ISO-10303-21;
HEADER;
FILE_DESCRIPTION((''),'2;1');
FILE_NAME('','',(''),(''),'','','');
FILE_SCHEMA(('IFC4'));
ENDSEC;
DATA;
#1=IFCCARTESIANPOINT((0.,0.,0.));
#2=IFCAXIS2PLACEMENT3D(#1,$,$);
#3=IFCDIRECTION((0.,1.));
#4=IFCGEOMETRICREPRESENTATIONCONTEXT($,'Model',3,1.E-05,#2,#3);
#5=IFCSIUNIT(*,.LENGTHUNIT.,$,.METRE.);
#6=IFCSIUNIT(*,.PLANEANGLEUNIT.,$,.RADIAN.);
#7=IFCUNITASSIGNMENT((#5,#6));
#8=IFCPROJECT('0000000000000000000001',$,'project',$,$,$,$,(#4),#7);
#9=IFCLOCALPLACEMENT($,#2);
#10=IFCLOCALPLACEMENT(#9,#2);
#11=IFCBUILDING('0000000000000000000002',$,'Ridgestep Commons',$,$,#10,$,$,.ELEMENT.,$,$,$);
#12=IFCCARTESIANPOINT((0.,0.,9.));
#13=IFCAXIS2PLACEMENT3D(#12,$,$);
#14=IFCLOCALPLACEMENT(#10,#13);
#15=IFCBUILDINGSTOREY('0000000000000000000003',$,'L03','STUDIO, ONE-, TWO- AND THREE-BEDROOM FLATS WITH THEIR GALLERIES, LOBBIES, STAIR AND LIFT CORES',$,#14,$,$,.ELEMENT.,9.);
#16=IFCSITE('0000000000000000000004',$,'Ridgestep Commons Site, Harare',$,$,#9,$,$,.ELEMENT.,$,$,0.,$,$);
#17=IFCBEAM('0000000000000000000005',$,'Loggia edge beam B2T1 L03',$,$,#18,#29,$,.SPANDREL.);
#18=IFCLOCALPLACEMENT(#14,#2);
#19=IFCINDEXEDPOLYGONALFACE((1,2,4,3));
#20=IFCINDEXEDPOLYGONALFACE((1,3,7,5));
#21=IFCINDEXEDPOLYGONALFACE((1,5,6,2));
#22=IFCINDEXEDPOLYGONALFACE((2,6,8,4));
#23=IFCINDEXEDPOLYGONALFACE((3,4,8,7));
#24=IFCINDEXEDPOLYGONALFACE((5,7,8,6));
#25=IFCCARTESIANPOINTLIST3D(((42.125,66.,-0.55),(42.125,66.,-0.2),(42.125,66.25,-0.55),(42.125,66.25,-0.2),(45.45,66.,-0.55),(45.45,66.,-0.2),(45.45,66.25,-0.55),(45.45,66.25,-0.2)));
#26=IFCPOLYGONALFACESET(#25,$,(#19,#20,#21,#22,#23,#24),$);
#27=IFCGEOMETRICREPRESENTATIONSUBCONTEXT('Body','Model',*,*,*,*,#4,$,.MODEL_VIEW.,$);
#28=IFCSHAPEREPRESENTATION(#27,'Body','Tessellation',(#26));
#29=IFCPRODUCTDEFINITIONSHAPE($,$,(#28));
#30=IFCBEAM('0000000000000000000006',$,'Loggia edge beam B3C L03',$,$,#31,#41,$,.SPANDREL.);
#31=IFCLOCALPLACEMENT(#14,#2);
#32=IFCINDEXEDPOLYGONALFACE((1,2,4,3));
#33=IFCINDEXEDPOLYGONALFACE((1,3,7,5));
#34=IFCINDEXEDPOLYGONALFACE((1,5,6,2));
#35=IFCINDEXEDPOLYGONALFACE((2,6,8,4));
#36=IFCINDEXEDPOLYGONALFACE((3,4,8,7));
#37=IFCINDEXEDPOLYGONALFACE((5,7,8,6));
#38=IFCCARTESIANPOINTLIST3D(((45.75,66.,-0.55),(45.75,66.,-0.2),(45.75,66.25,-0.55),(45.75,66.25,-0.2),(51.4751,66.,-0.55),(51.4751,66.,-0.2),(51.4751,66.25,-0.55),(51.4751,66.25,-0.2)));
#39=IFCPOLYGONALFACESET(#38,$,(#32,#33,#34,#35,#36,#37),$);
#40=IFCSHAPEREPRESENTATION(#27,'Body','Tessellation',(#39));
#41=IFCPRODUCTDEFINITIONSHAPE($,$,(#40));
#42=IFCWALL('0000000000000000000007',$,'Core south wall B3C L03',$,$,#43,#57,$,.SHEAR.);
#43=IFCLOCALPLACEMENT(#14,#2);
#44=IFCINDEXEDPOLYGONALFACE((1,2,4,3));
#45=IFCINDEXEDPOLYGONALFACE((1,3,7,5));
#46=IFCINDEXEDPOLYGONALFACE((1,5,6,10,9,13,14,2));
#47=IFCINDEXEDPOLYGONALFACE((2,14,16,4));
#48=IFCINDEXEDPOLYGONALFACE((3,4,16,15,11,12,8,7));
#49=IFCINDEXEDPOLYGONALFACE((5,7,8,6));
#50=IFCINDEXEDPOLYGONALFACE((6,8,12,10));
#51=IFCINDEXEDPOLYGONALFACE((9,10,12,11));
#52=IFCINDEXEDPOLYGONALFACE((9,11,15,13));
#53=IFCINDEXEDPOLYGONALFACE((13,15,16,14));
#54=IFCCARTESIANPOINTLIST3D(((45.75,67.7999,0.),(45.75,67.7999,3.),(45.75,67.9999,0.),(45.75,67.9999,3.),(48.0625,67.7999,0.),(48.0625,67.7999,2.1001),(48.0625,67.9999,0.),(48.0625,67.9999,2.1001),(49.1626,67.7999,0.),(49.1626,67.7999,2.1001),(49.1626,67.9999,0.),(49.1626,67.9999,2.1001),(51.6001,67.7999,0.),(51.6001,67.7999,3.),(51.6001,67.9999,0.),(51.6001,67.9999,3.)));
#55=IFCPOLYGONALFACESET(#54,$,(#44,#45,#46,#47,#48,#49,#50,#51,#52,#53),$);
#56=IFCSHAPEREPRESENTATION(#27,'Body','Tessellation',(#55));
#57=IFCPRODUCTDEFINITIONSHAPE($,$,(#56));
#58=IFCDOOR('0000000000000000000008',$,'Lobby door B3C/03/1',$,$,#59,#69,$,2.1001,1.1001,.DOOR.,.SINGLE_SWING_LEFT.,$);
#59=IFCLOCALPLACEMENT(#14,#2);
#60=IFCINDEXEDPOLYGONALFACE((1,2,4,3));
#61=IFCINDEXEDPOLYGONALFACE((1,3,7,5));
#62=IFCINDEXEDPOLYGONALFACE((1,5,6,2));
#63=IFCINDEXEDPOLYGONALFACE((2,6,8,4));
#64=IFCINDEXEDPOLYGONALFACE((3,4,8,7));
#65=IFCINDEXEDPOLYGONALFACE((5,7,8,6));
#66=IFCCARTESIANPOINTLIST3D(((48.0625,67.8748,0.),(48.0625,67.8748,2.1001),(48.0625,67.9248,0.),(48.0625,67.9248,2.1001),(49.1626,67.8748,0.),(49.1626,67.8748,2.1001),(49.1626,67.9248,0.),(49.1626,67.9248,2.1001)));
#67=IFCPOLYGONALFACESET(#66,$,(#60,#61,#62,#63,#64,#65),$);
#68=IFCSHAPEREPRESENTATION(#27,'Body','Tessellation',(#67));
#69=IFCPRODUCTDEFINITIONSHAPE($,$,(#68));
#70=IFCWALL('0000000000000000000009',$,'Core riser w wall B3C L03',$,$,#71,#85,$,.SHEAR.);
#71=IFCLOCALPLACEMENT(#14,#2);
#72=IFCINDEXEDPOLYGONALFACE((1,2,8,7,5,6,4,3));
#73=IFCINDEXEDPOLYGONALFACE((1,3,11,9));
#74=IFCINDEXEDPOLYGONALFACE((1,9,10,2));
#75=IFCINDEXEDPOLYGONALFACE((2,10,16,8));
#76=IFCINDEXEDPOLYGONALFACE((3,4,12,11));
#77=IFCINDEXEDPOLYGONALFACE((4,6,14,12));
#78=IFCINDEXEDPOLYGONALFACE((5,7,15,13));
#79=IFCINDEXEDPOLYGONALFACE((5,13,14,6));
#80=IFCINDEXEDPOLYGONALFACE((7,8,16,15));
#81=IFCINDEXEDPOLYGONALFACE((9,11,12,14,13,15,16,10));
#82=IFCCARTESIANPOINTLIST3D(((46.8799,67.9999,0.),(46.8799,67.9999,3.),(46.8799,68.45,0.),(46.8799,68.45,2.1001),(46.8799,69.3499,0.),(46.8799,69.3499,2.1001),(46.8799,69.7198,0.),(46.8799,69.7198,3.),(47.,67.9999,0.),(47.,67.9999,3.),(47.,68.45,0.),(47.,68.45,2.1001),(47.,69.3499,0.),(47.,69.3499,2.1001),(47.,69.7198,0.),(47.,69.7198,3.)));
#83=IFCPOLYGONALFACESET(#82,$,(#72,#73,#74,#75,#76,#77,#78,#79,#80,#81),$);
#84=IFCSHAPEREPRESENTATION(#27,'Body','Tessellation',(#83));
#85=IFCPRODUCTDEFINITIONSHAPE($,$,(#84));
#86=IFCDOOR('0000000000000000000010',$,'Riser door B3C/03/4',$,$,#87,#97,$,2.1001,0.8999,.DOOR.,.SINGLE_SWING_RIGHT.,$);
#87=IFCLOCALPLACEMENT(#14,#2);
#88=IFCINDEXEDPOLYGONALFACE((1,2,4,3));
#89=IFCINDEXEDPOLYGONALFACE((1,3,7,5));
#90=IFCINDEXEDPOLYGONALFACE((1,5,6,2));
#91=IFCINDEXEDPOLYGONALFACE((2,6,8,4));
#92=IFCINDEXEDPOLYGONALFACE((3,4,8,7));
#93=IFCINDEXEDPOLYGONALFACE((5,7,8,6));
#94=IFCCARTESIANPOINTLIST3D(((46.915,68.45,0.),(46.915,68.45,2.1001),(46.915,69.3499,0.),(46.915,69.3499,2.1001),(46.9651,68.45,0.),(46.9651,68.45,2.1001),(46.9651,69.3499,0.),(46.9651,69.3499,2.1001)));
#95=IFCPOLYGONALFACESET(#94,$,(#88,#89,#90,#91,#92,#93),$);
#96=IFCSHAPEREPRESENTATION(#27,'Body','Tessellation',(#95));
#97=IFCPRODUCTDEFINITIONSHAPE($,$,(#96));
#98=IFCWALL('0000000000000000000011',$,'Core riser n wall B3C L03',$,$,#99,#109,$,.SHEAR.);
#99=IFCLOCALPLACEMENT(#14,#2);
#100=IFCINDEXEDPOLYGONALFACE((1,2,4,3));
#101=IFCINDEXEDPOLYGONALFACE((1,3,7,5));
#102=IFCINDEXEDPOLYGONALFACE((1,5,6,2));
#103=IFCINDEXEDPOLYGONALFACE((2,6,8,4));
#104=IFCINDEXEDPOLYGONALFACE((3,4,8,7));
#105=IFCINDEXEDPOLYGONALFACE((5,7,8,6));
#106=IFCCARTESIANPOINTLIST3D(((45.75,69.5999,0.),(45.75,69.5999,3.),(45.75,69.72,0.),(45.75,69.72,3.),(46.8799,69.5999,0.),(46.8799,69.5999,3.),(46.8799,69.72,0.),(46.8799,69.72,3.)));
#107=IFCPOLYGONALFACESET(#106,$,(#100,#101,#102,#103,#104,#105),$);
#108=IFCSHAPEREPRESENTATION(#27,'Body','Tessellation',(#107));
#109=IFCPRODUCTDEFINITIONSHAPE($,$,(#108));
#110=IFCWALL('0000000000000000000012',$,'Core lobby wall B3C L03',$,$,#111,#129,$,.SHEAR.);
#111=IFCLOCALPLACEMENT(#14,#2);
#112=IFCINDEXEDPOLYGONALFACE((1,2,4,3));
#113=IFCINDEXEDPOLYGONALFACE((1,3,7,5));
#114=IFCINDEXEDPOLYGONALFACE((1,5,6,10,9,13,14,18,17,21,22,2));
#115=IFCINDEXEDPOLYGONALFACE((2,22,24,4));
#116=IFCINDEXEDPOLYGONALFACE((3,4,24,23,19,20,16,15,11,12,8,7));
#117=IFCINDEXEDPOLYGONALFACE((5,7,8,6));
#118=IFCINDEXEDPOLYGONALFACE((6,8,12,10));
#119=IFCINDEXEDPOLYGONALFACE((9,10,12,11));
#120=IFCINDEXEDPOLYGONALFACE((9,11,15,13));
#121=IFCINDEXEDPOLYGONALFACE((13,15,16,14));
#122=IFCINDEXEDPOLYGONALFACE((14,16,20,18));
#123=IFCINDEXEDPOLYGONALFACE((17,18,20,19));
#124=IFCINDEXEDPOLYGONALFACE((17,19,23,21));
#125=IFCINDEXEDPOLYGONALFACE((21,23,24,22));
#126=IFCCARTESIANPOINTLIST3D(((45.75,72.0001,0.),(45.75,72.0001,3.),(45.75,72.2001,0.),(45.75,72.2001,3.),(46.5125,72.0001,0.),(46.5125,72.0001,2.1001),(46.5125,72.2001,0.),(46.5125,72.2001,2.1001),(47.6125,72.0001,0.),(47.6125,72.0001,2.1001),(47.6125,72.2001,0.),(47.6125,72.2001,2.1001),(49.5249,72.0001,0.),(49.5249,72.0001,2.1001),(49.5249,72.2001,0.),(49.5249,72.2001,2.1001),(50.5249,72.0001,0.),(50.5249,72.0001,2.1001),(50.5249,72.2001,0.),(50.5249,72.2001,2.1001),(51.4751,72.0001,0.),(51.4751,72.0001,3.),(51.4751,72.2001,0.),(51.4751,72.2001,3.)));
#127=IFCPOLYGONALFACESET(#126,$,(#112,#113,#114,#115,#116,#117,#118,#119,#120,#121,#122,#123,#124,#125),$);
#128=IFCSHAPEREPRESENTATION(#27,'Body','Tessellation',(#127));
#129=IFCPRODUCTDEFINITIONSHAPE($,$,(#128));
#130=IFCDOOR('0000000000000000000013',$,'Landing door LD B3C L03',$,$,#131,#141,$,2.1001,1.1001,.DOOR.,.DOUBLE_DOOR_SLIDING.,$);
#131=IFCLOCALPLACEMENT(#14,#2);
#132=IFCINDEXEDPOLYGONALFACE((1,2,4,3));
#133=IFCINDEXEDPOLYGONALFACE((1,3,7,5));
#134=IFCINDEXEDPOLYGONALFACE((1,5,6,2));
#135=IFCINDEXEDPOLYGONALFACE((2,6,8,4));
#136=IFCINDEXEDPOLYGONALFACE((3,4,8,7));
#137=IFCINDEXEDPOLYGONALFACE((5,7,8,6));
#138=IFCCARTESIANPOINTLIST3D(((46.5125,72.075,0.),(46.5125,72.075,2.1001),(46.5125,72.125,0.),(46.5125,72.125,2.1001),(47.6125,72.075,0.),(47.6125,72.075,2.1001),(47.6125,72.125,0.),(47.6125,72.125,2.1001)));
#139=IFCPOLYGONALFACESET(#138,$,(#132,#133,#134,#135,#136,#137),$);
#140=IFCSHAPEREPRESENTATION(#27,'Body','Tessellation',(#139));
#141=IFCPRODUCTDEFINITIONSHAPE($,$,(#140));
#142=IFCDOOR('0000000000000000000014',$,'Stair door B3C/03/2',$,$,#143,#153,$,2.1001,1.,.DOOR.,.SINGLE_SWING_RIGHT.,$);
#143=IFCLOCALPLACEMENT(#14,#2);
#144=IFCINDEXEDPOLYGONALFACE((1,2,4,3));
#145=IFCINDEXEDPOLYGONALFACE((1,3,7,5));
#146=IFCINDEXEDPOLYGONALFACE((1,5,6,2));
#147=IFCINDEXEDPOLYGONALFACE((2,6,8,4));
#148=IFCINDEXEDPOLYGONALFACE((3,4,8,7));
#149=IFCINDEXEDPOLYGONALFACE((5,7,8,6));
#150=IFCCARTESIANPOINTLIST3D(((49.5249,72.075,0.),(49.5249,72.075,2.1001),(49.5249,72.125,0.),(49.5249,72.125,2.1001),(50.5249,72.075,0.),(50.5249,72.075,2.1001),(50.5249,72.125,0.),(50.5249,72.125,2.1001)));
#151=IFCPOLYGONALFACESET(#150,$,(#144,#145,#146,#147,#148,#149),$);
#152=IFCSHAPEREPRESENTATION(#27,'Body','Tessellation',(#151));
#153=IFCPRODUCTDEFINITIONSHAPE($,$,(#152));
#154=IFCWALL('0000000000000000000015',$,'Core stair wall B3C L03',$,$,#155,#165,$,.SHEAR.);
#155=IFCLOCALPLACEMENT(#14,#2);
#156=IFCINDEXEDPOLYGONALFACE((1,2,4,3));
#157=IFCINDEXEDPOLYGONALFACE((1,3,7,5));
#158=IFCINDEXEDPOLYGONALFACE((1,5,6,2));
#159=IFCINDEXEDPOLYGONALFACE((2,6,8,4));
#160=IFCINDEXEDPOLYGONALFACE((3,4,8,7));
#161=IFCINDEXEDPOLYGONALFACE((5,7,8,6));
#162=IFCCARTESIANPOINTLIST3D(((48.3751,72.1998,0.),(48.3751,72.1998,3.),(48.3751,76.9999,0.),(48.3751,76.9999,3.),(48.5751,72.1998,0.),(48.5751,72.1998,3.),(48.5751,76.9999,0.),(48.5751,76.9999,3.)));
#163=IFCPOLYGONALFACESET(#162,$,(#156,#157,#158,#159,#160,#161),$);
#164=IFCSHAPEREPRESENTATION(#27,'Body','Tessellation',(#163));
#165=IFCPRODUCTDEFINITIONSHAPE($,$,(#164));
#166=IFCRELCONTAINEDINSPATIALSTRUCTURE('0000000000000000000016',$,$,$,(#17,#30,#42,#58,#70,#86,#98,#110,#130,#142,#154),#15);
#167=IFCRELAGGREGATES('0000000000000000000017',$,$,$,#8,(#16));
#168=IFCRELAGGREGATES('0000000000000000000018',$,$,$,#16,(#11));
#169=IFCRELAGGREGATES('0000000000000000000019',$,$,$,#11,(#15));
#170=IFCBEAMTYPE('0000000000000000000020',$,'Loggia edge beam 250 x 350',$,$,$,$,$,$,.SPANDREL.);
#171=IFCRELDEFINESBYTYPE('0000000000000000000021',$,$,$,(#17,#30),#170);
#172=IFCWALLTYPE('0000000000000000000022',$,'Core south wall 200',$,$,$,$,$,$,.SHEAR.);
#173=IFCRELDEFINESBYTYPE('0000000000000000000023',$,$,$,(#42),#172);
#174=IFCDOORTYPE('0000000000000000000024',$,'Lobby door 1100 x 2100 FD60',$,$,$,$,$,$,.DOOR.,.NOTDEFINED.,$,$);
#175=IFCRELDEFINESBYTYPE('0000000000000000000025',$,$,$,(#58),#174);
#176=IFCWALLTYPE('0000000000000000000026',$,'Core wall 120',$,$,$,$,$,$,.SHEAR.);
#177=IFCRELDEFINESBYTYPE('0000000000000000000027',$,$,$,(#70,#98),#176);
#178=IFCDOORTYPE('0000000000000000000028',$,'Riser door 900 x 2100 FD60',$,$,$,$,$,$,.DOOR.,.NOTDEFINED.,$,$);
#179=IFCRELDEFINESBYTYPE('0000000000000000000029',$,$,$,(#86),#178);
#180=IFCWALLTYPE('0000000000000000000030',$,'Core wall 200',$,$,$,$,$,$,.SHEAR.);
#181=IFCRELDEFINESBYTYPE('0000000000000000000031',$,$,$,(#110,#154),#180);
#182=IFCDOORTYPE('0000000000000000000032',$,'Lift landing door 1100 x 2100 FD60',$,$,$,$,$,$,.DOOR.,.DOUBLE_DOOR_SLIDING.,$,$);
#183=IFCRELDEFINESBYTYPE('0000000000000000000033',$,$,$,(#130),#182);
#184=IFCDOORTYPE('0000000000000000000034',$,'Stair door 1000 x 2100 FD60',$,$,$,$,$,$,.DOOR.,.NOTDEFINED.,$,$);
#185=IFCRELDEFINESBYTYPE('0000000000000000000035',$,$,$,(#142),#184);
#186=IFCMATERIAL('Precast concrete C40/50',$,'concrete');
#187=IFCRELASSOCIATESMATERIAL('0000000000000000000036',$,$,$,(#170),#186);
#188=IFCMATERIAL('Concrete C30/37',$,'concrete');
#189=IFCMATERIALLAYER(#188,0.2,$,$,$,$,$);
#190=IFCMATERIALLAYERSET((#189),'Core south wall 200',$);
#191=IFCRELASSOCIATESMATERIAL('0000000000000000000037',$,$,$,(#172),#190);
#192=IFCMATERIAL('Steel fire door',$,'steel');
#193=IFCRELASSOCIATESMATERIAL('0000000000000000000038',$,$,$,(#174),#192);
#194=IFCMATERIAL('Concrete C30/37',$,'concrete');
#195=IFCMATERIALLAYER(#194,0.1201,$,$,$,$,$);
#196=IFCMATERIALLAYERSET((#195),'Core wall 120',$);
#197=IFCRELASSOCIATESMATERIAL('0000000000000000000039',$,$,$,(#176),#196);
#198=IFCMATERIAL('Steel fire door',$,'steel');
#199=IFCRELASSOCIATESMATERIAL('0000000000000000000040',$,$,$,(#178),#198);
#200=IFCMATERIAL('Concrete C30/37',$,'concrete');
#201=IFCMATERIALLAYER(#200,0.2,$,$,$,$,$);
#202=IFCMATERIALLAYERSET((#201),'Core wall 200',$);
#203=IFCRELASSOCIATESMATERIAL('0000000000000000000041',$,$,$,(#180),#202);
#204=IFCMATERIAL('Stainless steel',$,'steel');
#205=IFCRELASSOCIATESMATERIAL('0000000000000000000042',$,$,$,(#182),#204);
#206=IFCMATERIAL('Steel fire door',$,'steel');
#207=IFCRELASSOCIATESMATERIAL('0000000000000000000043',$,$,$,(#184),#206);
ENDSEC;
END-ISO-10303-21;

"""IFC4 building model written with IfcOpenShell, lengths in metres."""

from ifc_helpers import new_model, si_unit, direction, frame, frame_2d, origin, origin_2d, place, context, subcontext, project, spatial, rectangle, extrude, material, layer, layer_set, material_profile, profile_set, type_object, element, fill, save


model = new_model("IFC4")

# Units and contexts
model_context = context("Model", 3, precision=1e-05, world=origin(), true_north=direction((0.0, 1.0)))
body_context = subcontext(model_context, "Body", "Model", "MODEL_VIEW")
ifc_project = project(units=[si_unit("LENGTHUNIT", "METRE"), si_unit("PLANEANGLEUNIT", "RADIAN")], contexts=[model_context])

# Site, building, storey
site_placement = place(None, origin())
site = spatial("IfcSite", under=ifc_project, at=site_placement, Name="Ridgestep Commons Site, Harare", CompositionType="ELEMENT", RefElevation=0.0)
building_placement = place(site_placement, origin())
building = spatial("IfcBuilding", under=site, at=building_placement, Name="Ridgestep Commons", CompositionType="ELEMENT")
storey_placement = place(building_placement, frame((0.0, 0.0, 9.0)))
storey = spatial("IfcBuildingStorey", under=building, at=storey_placement, Name="L03", Description="STUDIO, ONE-, TWO- AND THREE-BEDROOM FLATS WITH THEIR GALLERIES, LOBBIES, STAIR AND LIFT CORES", CompositionType="ELEMENT", Elevation=9.0)

# Beams
ifc_material_1 = material(Name="Precast concrete C40/50", Category="concrete")
ifc_material_profile = material_profile(ifc_material_1, rectangle(XDim=0.25, YDim=0.3501, at=origin_2d()), Name="PC 250x350")
ifc_profile_set = profile_set([ifc_material_profile], Name="Precast concrete C40/50")
beam_type = type_object("IfcBeamType", Name="Loggia edge beam 250 x 350", PredefinedType="SPANDREL", material=ifc_profile_set)
beam_1_placement = place(storey_placement, frame((42.125, 66.125, -0.375), z_axis=(1.0, 0.0, 0.0), x_axis=(0.0, 1.0, 0.0)))
element("IfcBeam", 1, at=beam_1_placement, inside=storey, type_object=beam_type, Name="Loggia edge beam B2T1 L03", PredefinedType="SPANDREL", context=body_context, shape_type="SweptSolid", body=[
    extrude(rectangle(XDim=0.25, YDim=0.3501, at=origin_2d()), origin(), (0.0, 0.0, 1.0), 3.325),
])
beam_2_placement = place(storey_placement, frame((45.75, 66.125, -0.375), z_axis=(1.0, 0.0, 0.0), x_axis=(0.0, 1.0, 0.0)))
element("IfcBeam", 2, at=beam_2_placement, inside=storey, type_object=beam_type, Name="Loggia edge beam B3C L03", PredefinedType="SPANDREL", context=body_context, shape_type="SweptSolid", body=[
    extrude(rectangle(XDim=0.25, YDim=0.3501, at=origin_2d()), origin(), (0.0, 0.0, 1.0), 5.7251),
])

# Walls, openings, doors
ifc_material_2 = material(Name="Concrete C30/37", Category="concrete")
ifc_layer_1 = layer(ifc_material_2, 0.2)
ifc_layer_set_1 = layer_set([ifc_layer_1], Name="Core south wall 200")
wall_type_1 = type_object("IfcWallType", Name="Core south wall 200", PredefinedType="SHEAR", material=ifc_layer_set_1)
wall_1_placement = place(storey_placement, frame((45.75, 67.8999, 0.0), z_axis=(0.0, 0.0, 1.0), x_axis=(1.0, 0.0, 0.0)))
wall_1 = element("IfcWall", 3, at=wall_1_placement, inside=storey, type_object=wall_type_1, Name="Core south wall B3C L03", PredefinedType="SHEAR", context=body_context, shape_type="SweptSolid", body=[
    extrude(rectangle(XDim=5.8501, YDim=0.2, at=frame_2d((2.925, 0.0))), origin(), (0.0, 0.0, 1.0), 3.0),
])
opening_1_placement = place(wall_1_placement, frame((2.3125, 0.0, 0.0)))
opening_1 = element("IfcOpeningElement", 4, at=opening_1_placement, cuts=wall_1, PredefinedType="OPENING", context=body_context, shape_type="SweptSolid", body=[
    extrude(rectangle(XDim=1.1001, YDim=2.1001, at=frame_2d((0.55, 1.05))), frame((0.0, 0.1099, 0.0), z_axis=(0.0, -1.0, 0.0), x_axis=(1.0, 0.0, 0.0)), (0.0, 0.0, 1.0), 0.22),
])
ifc_material_3 = material(Name="Steel fire door", Category="steel")
door_type_1 = type_object("IfcDoorType", Name="Lobby door 1100 x 2100 FD60", OperationType="NOTDEFINED", PredefinedType="DOOR", material=ifc_material_3)
door_1_placement = place(opening_1_placement, origin())
door_1 = element("IfcDoor", 5, at=door_1_placement, inside=storey, type_object=door_type_1, Name="Lobby door B3C/03/1", OperationType="SINGLE_SWING_LEFT", OverallHeight=2.1001, OverallWidth=1.1001, PredefinedType="DOOR", context=body_context, shape_type="SweptSolid", body=[
    extrude(rectangle(XDim=1.1001, YDim=2.1001, at=frame_2d((0.55, 1.05))), frame((0.0, 0.0249, 0.0), z_axis=(0.0, -1.0, 0.0), x_axis=(1.0, 0.0, 0.0)), (0.0, 0.0, 1.0), 0.05),
])
fill(opening_1, door_1)
ifc_material_4 = material(Name="Concrete C30/37", Category="concrete")
ifc_layer_2 = layer(ifc_material_4, 0.1201)
ifc_layer_set_2 = layer_set([ifc_layer_2], Name="Core wall 120")
wall_type_2 = type_object("IfcWallType", Name="Core wall 120", PredefinedType="SHEAR", material=ifc_layer_set_2)
wall_2_placement = place(storey_placement, frame((46.9399, 68.0, 0.0), z_axis=(0.0, 0.0, 1.0), x_axis=(0.0, 1.0, 0.0)))
wall_2 = element("IfcWall", 6, at=wall_2_placement, inside=storey, type_object=wall_type_2, Name="Core riser w wall B3C L03", PredefinedType="SHEAR", context=body_context, shape_type="SweptSolid", body=[
    extrude(rectangle(XDim=1.72, YDim=0.1201, at=frame_2d((0.8599, 0.0))), origin(), (0.0, 0.0, 1.0), 3.0),
])
opening_2_placement = place(wall_2_placement, frame((0.45, 0.0, 0.0)))
opening_2 = element("IfcOpeningElement", 7, at=opening_2_placement, cuts=wall_2, PredefinedType="OPENING", context=body_context, shape_type="SweptSolid", body=[
    extrude(rectangle(XDim=0.8999, YDim=2.1001, at=frame_2d((0.45, 1.05))), frame((0.0, 0.0701, 0.0), z_axis=(0.0, -1.0, 0.0), x_axis=(1.0, 0.0, 0.0)), (0.0, 0.0, 1.0), 0.1401),
])
ifc_material_5 = material(Name="Steel fire door", Category="steel")
door_type_2 = type_object("IfcDoorType", Name="Riser door 900 x 2100 FD60", OperationType="NOTDEFINED", PredefinedType="DOOR", material=ifc_material_5)
door_2_placement = place(opening_2_placement, origin())
door_2 = element("IfcDoor", 8, at=door_2_placement, inside=storey, type_object=door_type_2, Name="Riser door B3C/03/4", OperationType="SINGLE_SWING_RIGHT", OverallHeight=2.1001, OverallWidth=0.8999, PredefinedType="DOOR", context=body_context, shape_type="SweptSolid", body=[
    extrude(rectangle(XDim=0.8999, YDim=2.1001, at=frame_2d((0.45, 1.05))), frame((0.0, 0.0249, 0.0), z_axis=(0.0, -1.0, 0.0), x_axis=(1.0, 0.0, 0.0)), (0.0, 0.0, 1.0), 0.05),
])
fill(opening_2, door_2)

# Wall
wall_3_placement = place(storey_placement, frame((45.75, 69.6599, 0.0), z_axis=(0.0, 0.0, 1.0), x_axis=(1.0, 0.0, 0.0)))
element("IfcWall", 9, at=wall_3_placement, inside=storey, type_object=wall_type_2, Name="Core riser n wall B3C L03", PredefinedType="SHEAR", context=body_context, shape_type="SweptSolid", body=[
    extrude(rectangle(XDim=1.1299, YDim=0.1201, at=frame_2d((0.5649, 0.0))), origin(), (0.0, 0.0, 1.0), 3.0),
])

# Wall, openings, doors
ifc_material_6 = material(Name="Concrete C30/37", Category="concrete")
ifc_layer_3 = layer(ifc_material_6, 0.2)
ifc_layer_set_3 = layer_set([ifc_layer_3], Name="Core wall 200")
wall_type_3 = type_object("IfcWallType", Name="Core wall 200", PredefinedType="SHEAR", material=ifc_layer_set_3)
wall_4_placement = place(storey_placement, frame((45.75, 72.1001, 0.0), z_axis=(0.0, 0.0, 1.0), x_axis=(1.0, 0.0, 0.0)))
wall_4 = element("IfcWall", 10, at=wall_4_placement, inside=storey, type_object=wall_type_3, Name="Core lobby wall B3C L03", PredefinedType="SHEAR", context=body_context, shape_type="SweptSolid", body=[
    extrude(rectangle(XDim=5.7251, YDim=0.2, at=frame_2d((2.8625, 0.0))), origin(), (0.0, 0.0, 1.0), 3.0),
])
opening_3_placement = place(wall_4_placement, frame((3.7749, 0.0, 0.0)))
opening_3 = element("IfcOpeningElement", 11, at=opening_3_placement, cuts=wall_4, PredefinedType="OPENING", context=body_context, shape_type="SweptSolid", body=[
    extrude(rectangle(XDim=1.0, YDim=2.1001, at=frame_2d((0.5, 1.05))), frame((0.0, 0.1099, 0.0), z_axis=(0.0, -1.0, 0.0), x_axis=(1.0, 0.0, 0.0)), (0.0, 0.0, 1.0), 0.22),
])
opening_4_placement = place(wall_4_placement, frame((0.7625, 0.0, 0.0)))
opening_4 = element("IfcOpeningElement", 12, at=opening_4_placement, cuts=wall_4, PredefinedType="OPENING", context=body_context, shape_type="SweptSolid", body=[
    extrude(rectangle(XDim=1.1001, YDim=2.1001, at=frame_2d((0.55, 1.05))), frame((0.0, 0.1099, 0.0), z_axis=(0.0, -1.0, 0.0), x_axis=(1.0, 0.0, 0.0)), (0.0, 0.0, 1.0), 0.22),
])
ifc_material_7 = material(Name="Stainless steel", Category="steel")
door_type_3 = type_object("IfcDoorType", Name="Lift landing door 1100 x 2100 FD60", OperationType="DOUBLE_DOOR_SLIDING", PredefinedType="DOOR", material=ifc_material_7)
door_3_placement = place(opening_4_placement, origin())
door_3 = element("IfcDoor", 13, at=door_3_placement, inside=storey, type_object=door_type_3, Name="Landing door LD B3C L03", OperationType="DOUBLE_DOOR_SLIDING", OverallHeight=2.1001, OverallWidth=1.1001, PredefinedType="DOOR", context=body_context, shape_type="SweptSolid", body=[
    extrude(rectangle(XDim=1.1001, YDim=2.1001, at=frame_2d((0.55, 1.05))), frame((0.0, 0.0249, 0.0), z_axis=(0.0, -1.0, 0.0), x_axis=(1.0, 0.0, 0.0)), (0.0, 0.0, 1.0), 0.05),
])
fill(opening_4, door_3)
ifc_material_8 = material(Name="Steel fire door", Category="steel")
door_type_4 = type_object("IfcDoorType", Name="Stair door 1000 x 2100 FD60", OperationType="NOTDEFINED", PredefinedType="DOOR", material=ifc_material_8)
door_4_placement = place(opening_3_placement, origin())
door_4 = element("IfcDoor", 14, at=door_4_placement, inside=storey, type_object=door_type_4, Name="Stair door B3C/03/2", OperationType="SINGLE_SWING_RIGHT", OverallHeight=2.1001, OverallWidth=1.0, PredefinedType="DOOR", context=body_context, shape_type="SweptSolid", body=[
    extrude(rectangle(XDim=1.0, YDim=2.1001, at=frame_2d((0.5, 1.05))), frame((0.0, 0.0249, 0.0), z_axis=(0.0, -1.0, 0.0), x_axis=(1.0, 0.0, 0.0)), (0.0, 0.0, 1.0), 0.05),
])
fill(opening_3, door_4)

# Wall
wall_5_placement = place(storey_placement, frame((48.4751, 72.2, 0.0), z_axis=(0.0, 0.0, 1.0), x_axis=(0.0, 1.0, 0.0)))
element("IfcWall", 15, at=wall_5_placement, inside=storey, type_object=wall_type_3, Name="Core stair wall B3C L03", PredefinedType="SHEAR", context=body_context, shape_type="SweptSolid", body=[
    extrude(rectangle(XDim=4.8, YDim=0.2, at=frame_2d((2.3999, 0.0))), origin(), (0.0, 0.0, 1.0), 3.0),
])

save(model, "model.ifc")
